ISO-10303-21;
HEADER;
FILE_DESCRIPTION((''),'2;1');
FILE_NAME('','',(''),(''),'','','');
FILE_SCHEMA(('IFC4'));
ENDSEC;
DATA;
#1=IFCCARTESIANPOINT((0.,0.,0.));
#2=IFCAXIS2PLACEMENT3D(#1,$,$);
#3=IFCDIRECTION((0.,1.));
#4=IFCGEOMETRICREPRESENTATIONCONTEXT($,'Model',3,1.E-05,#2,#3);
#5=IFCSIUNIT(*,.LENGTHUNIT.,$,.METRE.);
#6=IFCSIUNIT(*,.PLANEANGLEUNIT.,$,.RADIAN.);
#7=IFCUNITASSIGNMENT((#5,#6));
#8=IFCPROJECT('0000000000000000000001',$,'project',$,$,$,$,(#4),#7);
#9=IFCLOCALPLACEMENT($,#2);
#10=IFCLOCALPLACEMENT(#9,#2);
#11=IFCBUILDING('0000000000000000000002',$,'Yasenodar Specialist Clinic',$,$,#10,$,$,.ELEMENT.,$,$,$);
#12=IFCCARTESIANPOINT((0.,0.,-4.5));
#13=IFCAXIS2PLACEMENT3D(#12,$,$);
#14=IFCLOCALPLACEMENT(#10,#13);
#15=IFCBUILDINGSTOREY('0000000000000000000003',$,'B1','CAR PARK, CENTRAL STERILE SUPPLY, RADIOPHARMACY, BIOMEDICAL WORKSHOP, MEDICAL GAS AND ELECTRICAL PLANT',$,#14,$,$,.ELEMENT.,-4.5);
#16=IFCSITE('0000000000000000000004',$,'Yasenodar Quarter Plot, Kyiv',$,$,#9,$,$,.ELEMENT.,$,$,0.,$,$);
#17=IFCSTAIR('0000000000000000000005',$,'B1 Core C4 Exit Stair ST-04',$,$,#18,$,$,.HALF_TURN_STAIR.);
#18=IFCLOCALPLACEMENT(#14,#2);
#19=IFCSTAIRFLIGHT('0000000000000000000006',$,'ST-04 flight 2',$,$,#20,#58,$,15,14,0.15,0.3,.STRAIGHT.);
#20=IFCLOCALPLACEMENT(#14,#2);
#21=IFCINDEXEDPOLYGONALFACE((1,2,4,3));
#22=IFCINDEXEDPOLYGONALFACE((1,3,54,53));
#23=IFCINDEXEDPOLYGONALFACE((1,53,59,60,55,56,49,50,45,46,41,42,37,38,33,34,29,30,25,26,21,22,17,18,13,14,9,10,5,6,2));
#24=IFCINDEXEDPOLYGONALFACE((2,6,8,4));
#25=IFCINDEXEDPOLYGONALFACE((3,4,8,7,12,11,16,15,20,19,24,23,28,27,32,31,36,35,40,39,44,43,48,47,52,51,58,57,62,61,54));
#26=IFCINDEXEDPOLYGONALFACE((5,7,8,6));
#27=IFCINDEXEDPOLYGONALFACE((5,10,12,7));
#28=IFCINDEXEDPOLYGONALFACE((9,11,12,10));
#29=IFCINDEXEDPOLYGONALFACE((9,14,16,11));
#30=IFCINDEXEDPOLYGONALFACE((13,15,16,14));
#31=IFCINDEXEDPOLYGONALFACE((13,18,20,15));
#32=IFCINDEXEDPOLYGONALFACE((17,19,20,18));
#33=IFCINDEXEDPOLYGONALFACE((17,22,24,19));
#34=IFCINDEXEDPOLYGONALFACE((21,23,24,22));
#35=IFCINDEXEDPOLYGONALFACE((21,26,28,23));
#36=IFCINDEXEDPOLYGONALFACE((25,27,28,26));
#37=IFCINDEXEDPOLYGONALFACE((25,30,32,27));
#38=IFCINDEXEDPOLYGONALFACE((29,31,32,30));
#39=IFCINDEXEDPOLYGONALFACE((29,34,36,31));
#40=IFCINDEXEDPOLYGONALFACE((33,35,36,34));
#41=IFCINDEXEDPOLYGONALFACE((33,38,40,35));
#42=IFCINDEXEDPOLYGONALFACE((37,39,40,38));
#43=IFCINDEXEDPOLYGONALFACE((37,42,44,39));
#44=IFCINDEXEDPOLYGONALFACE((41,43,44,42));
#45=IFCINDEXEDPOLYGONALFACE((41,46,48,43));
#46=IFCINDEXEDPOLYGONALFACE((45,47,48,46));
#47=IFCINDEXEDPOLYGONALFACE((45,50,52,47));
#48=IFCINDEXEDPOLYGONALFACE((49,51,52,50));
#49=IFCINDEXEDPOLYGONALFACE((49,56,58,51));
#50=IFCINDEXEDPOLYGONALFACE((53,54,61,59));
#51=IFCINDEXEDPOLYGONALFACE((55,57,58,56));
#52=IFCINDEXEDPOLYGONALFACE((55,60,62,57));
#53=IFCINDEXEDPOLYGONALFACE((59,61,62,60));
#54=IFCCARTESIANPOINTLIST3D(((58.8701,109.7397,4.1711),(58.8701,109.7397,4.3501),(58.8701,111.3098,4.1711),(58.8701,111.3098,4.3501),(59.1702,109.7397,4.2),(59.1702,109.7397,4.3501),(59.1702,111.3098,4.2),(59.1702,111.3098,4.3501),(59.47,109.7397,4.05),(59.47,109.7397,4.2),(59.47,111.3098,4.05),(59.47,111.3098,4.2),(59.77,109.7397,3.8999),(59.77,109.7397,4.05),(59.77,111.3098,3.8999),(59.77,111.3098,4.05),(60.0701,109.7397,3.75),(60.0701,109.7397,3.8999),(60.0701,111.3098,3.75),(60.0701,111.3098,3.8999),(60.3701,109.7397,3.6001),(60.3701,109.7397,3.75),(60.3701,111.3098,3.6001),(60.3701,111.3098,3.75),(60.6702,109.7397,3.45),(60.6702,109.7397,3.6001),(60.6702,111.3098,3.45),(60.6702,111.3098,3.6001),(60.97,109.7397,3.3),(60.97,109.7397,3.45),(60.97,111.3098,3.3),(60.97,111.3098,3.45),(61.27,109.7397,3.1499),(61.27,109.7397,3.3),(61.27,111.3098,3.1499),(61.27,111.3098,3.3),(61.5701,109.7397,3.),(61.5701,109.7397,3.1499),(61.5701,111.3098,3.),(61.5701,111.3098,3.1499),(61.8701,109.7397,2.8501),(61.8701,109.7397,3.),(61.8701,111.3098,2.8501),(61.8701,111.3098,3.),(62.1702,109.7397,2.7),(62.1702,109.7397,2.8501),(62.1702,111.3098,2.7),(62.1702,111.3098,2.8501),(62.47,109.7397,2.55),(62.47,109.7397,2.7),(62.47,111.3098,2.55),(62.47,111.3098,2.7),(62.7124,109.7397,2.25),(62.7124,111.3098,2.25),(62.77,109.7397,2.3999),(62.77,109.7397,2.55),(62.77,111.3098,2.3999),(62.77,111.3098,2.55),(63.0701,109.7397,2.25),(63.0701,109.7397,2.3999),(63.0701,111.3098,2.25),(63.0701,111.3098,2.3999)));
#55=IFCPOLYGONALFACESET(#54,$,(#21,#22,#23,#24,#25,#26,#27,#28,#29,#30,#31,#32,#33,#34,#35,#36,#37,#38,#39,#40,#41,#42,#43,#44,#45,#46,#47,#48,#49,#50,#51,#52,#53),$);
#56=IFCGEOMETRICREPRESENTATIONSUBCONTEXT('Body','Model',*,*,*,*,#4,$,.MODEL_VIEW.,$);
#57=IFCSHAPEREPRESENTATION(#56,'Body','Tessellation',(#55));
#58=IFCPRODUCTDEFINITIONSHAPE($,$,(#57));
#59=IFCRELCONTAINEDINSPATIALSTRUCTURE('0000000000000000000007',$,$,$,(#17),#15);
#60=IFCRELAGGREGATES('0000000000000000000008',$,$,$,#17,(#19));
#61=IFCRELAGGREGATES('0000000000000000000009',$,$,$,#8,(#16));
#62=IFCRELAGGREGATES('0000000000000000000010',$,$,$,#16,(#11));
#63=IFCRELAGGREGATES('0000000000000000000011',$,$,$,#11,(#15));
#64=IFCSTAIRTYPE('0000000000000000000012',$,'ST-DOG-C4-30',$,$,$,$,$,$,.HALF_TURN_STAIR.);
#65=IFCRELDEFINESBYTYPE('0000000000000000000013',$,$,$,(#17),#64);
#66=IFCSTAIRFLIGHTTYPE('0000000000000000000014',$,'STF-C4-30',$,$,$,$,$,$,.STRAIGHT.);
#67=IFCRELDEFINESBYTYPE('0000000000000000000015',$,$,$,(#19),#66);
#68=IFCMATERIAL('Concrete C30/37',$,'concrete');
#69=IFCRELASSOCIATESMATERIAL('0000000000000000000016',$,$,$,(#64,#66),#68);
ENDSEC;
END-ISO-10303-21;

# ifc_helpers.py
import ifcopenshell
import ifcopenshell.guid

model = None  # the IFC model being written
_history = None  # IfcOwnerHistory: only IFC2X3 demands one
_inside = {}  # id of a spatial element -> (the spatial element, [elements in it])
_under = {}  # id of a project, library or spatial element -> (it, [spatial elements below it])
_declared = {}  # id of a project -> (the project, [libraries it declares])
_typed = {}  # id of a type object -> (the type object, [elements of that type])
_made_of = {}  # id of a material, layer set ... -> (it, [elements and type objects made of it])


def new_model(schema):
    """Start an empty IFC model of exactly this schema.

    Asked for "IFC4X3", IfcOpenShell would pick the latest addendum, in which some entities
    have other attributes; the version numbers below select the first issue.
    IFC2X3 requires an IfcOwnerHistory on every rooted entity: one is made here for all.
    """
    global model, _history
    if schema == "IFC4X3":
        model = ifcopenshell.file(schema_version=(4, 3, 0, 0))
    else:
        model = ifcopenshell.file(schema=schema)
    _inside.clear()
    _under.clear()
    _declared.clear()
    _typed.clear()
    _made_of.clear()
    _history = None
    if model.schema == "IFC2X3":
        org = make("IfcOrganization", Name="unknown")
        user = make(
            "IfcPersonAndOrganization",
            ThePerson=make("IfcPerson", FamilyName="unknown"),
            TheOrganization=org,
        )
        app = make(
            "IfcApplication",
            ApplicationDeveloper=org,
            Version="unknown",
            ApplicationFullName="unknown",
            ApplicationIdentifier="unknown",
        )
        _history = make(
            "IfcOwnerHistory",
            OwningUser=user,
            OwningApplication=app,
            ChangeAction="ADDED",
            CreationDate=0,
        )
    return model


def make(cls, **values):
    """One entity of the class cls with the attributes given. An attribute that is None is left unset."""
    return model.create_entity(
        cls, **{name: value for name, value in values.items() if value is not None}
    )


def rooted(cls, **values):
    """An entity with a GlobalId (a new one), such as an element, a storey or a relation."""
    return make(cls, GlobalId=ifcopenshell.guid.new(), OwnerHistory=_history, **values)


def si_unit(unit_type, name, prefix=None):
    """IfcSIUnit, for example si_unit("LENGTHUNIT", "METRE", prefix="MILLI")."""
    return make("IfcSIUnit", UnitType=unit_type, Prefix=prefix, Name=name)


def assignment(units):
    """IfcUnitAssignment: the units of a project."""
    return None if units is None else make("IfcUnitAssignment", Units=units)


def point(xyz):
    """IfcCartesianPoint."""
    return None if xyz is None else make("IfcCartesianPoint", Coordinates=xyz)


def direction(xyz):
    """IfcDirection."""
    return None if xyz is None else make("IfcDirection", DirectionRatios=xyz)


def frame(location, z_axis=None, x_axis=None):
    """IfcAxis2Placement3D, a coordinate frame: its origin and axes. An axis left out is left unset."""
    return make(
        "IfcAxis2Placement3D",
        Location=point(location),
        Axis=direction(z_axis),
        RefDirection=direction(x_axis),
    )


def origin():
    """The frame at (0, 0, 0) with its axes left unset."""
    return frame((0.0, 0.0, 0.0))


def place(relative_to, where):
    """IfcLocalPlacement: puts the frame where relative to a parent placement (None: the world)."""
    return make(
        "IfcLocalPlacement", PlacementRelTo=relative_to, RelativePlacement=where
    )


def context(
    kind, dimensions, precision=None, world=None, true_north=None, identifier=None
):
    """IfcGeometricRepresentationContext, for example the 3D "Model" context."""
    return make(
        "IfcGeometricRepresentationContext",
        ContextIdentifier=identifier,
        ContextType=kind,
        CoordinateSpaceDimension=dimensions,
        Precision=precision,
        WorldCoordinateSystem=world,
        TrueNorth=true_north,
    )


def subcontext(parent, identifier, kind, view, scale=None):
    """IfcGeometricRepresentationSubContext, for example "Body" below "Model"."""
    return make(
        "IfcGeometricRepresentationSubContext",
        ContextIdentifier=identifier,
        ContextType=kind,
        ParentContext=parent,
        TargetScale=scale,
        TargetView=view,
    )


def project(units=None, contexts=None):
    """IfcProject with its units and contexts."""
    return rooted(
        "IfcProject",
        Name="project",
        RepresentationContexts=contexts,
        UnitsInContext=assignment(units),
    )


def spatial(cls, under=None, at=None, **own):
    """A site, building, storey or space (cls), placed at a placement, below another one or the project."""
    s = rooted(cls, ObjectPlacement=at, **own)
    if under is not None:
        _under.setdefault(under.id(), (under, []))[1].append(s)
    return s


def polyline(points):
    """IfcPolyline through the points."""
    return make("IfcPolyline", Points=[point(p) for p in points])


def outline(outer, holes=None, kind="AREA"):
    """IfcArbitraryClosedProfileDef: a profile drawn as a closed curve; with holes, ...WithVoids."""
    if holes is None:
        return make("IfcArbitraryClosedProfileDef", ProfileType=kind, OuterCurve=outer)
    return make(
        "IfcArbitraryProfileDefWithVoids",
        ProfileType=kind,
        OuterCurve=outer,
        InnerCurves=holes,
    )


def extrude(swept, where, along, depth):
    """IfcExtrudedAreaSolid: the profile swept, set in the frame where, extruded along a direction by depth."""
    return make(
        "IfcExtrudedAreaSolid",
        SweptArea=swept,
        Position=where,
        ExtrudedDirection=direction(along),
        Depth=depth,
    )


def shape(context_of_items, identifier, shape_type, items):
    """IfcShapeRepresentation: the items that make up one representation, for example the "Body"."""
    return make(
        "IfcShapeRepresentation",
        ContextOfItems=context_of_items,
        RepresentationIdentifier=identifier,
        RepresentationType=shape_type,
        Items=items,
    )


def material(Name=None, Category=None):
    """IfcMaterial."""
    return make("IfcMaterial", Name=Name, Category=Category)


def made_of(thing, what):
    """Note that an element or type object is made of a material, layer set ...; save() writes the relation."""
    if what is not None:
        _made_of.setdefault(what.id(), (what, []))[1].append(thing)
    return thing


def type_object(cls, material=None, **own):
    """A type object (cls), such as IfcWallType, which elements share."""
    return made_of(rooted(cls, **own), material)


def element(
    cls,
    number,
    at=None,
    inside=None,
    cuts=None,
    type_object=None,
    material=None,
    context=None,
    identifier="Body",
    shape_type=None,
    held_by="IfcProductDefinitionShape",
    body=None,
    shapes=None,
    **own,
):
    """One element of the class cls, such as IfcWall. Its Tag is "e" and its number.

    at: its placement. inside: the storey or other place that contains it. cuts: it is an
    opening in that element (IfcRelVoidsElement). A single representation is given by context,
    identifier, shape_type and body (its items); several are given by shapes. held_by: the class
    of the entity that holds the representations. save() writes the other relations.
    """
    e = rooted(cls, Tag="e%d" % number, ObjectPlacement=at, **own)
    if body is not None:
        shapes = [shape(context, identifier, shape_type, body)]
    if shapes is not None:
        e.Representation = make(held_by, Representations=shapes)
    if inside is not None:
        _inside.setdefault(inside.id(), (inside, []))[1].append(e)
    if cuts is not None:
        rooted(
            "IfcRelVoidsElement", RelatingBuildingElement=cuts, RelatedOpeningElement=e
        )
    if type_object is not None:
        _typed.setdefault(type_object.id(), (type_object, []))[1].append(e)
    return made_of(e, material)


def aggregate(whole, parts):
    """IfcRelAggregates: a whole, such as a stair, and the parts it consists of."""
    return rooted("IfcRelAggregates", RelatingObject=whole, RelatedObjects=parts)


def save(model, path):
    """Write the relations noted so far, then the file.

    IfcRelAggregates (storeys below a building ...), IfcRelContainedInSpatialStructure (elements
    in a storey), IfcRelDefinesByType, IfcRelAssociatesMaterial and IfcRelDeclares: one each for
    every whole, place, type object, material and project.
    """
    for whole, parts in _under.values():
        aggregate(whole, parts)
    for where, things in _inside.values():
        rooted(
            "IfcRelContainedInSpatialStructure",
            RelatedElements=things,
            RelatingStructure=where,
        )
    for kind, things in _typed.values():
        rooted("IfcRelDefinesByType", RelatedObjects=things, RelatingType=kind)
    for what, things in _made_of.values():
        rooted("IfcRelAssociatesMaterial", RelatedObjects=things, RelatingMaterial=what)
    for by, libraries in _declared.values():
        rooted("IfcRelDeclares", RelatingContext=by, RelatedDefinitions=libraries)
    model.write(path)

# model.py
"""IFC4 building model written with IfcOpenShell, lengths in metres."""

from ifc_helpers import new_model, si_unit, direction, frame, origin, place, context, subcontext, project, spatial, polyline, outline, extrude, material, type_object, element, aggregate, save


model = new_model("IFC4")

# Units and contexts
model_context = context("Model", 3, precision=1e-05, world=origin(), true_north=direction((0.0, 1.0)))
body_context = subcontext(model_context, "Body", "Model", "MODEL_VIEW")
ifc_project = project(units=[si_unit("LENGTHUNIT", "METRE"), si_unit("PLANEANGLEUNIT", "RADIAN")], contexts=[model_context])

# Site, building, storey
site_placement = place(None, origin())
site = spatial("IfcSite", under=ifc_project, at=site_placement, Name="Yasenodar Quarter Plot, Kyiv", CompositionType="ELEMENT", RefElevation=0.0)
building_placement = place(site_placement, origin())
building = spatial("IfcBuilding", under=site, at=building_placement, Name="Yasenodar Specialist Clinic", CompositionType="ELEMENT")
storey_placement = place(building_placement, frame((0.0, 0.0, -4.5)))
storey = spatial("IfcBuildingStorey", under=building, at=storey_placement, Name="B1", Description="CAR PARK, CENTRAL STERILE SUPPLY, RADIOPHARMACY, BIOMEDICAL WORKSHOP, MEDICAL GAS AND ELECTRICAL PLANT", CompositionType="ELEMENT", Elevation=-4.5)

# Shared definitions
ifc_material_1 = material(Name="Concrete C30/37", Category="concrete")

# Stair, stair flight
stair_type = type_object("IfcStairType", Name="ST-DOG-C4-30", PredefinedType="HALF_TURN_STAIR", material=ifc_material_1)
stair_placement = place(storey_placement, origin())
stair = element("IfcStair", 1, at=stair_placement, inside=storey, type_object=stair_type, Name="B1 Core C4 Exit Stair ST-04", PredefinedType="HALF_TURN_STAIR")
stair_flight_type = type_object("IfcStairFlightType", Name="STF-C4-30", PredefinedType="STRAIGHT", material=ifc_material_1)
stair_flight_1_placement = place(storey_placement, frame((63.0701, 110.5249, 2.25), z_axis=(0.0, 0.0, 1.0), x_axis=(-1.0, 0.0, 0.0)))
stair_flight_1 = element("IfcStairFlight", 2, at=stair_flight_1_placement, type_object=stair_flight_type, Name="ST-04 flight 2", NumberOfRisers=15, NumberOfTreads=14, PredefinedType="STRAIGHT", RiserHeight=0.15, TreadLength=0.3, context=body_context, shape_type="SweptSolid", body=[
    extrude(outline(polyline([(0.0, 0.0), (0.0, 0.1499), (0.3, 0.1499), (0.3, 0.3), (0.6001, 0.3), (0.6001, 0.45), (0.8999, 0.45), (0.8999, 0.6001), (1.2, 0.6001), (1.2, 0.75), (1.5, 0.75), (1.5, 0.8999), (1.8, 0.8999), (1.8, 1.05), (2.1001, 1.05), (2.1001, 1.2), (2.3999, 1.2), (2.3999, 1.3501), (2.7, 1.3501), (2.7, 1.5), (3.0, 1.5), (3.0, 1.6499), (3.3, 1.6499), (3.3, 1.8), (3.6001, 1.8), (3.6001, 1.95), (3.8999, 1.95), (3.8999, 2.1001), (4.2, 2.1001), (4.2, 2.25), (4.2, 1.9211), (0.3577, 0.0), (0.0, 0.0)])), frame((0.0, 0.7852, 0.0), z_axis=(0.0, -1.0, 0.0), x_axis=(1.0, 0.0, 0.0)), (0.0, 0.0, 1.0), 1.5701),
])
aggregate(stair, [stair_flight_1])

save(model, "model.ifc")
